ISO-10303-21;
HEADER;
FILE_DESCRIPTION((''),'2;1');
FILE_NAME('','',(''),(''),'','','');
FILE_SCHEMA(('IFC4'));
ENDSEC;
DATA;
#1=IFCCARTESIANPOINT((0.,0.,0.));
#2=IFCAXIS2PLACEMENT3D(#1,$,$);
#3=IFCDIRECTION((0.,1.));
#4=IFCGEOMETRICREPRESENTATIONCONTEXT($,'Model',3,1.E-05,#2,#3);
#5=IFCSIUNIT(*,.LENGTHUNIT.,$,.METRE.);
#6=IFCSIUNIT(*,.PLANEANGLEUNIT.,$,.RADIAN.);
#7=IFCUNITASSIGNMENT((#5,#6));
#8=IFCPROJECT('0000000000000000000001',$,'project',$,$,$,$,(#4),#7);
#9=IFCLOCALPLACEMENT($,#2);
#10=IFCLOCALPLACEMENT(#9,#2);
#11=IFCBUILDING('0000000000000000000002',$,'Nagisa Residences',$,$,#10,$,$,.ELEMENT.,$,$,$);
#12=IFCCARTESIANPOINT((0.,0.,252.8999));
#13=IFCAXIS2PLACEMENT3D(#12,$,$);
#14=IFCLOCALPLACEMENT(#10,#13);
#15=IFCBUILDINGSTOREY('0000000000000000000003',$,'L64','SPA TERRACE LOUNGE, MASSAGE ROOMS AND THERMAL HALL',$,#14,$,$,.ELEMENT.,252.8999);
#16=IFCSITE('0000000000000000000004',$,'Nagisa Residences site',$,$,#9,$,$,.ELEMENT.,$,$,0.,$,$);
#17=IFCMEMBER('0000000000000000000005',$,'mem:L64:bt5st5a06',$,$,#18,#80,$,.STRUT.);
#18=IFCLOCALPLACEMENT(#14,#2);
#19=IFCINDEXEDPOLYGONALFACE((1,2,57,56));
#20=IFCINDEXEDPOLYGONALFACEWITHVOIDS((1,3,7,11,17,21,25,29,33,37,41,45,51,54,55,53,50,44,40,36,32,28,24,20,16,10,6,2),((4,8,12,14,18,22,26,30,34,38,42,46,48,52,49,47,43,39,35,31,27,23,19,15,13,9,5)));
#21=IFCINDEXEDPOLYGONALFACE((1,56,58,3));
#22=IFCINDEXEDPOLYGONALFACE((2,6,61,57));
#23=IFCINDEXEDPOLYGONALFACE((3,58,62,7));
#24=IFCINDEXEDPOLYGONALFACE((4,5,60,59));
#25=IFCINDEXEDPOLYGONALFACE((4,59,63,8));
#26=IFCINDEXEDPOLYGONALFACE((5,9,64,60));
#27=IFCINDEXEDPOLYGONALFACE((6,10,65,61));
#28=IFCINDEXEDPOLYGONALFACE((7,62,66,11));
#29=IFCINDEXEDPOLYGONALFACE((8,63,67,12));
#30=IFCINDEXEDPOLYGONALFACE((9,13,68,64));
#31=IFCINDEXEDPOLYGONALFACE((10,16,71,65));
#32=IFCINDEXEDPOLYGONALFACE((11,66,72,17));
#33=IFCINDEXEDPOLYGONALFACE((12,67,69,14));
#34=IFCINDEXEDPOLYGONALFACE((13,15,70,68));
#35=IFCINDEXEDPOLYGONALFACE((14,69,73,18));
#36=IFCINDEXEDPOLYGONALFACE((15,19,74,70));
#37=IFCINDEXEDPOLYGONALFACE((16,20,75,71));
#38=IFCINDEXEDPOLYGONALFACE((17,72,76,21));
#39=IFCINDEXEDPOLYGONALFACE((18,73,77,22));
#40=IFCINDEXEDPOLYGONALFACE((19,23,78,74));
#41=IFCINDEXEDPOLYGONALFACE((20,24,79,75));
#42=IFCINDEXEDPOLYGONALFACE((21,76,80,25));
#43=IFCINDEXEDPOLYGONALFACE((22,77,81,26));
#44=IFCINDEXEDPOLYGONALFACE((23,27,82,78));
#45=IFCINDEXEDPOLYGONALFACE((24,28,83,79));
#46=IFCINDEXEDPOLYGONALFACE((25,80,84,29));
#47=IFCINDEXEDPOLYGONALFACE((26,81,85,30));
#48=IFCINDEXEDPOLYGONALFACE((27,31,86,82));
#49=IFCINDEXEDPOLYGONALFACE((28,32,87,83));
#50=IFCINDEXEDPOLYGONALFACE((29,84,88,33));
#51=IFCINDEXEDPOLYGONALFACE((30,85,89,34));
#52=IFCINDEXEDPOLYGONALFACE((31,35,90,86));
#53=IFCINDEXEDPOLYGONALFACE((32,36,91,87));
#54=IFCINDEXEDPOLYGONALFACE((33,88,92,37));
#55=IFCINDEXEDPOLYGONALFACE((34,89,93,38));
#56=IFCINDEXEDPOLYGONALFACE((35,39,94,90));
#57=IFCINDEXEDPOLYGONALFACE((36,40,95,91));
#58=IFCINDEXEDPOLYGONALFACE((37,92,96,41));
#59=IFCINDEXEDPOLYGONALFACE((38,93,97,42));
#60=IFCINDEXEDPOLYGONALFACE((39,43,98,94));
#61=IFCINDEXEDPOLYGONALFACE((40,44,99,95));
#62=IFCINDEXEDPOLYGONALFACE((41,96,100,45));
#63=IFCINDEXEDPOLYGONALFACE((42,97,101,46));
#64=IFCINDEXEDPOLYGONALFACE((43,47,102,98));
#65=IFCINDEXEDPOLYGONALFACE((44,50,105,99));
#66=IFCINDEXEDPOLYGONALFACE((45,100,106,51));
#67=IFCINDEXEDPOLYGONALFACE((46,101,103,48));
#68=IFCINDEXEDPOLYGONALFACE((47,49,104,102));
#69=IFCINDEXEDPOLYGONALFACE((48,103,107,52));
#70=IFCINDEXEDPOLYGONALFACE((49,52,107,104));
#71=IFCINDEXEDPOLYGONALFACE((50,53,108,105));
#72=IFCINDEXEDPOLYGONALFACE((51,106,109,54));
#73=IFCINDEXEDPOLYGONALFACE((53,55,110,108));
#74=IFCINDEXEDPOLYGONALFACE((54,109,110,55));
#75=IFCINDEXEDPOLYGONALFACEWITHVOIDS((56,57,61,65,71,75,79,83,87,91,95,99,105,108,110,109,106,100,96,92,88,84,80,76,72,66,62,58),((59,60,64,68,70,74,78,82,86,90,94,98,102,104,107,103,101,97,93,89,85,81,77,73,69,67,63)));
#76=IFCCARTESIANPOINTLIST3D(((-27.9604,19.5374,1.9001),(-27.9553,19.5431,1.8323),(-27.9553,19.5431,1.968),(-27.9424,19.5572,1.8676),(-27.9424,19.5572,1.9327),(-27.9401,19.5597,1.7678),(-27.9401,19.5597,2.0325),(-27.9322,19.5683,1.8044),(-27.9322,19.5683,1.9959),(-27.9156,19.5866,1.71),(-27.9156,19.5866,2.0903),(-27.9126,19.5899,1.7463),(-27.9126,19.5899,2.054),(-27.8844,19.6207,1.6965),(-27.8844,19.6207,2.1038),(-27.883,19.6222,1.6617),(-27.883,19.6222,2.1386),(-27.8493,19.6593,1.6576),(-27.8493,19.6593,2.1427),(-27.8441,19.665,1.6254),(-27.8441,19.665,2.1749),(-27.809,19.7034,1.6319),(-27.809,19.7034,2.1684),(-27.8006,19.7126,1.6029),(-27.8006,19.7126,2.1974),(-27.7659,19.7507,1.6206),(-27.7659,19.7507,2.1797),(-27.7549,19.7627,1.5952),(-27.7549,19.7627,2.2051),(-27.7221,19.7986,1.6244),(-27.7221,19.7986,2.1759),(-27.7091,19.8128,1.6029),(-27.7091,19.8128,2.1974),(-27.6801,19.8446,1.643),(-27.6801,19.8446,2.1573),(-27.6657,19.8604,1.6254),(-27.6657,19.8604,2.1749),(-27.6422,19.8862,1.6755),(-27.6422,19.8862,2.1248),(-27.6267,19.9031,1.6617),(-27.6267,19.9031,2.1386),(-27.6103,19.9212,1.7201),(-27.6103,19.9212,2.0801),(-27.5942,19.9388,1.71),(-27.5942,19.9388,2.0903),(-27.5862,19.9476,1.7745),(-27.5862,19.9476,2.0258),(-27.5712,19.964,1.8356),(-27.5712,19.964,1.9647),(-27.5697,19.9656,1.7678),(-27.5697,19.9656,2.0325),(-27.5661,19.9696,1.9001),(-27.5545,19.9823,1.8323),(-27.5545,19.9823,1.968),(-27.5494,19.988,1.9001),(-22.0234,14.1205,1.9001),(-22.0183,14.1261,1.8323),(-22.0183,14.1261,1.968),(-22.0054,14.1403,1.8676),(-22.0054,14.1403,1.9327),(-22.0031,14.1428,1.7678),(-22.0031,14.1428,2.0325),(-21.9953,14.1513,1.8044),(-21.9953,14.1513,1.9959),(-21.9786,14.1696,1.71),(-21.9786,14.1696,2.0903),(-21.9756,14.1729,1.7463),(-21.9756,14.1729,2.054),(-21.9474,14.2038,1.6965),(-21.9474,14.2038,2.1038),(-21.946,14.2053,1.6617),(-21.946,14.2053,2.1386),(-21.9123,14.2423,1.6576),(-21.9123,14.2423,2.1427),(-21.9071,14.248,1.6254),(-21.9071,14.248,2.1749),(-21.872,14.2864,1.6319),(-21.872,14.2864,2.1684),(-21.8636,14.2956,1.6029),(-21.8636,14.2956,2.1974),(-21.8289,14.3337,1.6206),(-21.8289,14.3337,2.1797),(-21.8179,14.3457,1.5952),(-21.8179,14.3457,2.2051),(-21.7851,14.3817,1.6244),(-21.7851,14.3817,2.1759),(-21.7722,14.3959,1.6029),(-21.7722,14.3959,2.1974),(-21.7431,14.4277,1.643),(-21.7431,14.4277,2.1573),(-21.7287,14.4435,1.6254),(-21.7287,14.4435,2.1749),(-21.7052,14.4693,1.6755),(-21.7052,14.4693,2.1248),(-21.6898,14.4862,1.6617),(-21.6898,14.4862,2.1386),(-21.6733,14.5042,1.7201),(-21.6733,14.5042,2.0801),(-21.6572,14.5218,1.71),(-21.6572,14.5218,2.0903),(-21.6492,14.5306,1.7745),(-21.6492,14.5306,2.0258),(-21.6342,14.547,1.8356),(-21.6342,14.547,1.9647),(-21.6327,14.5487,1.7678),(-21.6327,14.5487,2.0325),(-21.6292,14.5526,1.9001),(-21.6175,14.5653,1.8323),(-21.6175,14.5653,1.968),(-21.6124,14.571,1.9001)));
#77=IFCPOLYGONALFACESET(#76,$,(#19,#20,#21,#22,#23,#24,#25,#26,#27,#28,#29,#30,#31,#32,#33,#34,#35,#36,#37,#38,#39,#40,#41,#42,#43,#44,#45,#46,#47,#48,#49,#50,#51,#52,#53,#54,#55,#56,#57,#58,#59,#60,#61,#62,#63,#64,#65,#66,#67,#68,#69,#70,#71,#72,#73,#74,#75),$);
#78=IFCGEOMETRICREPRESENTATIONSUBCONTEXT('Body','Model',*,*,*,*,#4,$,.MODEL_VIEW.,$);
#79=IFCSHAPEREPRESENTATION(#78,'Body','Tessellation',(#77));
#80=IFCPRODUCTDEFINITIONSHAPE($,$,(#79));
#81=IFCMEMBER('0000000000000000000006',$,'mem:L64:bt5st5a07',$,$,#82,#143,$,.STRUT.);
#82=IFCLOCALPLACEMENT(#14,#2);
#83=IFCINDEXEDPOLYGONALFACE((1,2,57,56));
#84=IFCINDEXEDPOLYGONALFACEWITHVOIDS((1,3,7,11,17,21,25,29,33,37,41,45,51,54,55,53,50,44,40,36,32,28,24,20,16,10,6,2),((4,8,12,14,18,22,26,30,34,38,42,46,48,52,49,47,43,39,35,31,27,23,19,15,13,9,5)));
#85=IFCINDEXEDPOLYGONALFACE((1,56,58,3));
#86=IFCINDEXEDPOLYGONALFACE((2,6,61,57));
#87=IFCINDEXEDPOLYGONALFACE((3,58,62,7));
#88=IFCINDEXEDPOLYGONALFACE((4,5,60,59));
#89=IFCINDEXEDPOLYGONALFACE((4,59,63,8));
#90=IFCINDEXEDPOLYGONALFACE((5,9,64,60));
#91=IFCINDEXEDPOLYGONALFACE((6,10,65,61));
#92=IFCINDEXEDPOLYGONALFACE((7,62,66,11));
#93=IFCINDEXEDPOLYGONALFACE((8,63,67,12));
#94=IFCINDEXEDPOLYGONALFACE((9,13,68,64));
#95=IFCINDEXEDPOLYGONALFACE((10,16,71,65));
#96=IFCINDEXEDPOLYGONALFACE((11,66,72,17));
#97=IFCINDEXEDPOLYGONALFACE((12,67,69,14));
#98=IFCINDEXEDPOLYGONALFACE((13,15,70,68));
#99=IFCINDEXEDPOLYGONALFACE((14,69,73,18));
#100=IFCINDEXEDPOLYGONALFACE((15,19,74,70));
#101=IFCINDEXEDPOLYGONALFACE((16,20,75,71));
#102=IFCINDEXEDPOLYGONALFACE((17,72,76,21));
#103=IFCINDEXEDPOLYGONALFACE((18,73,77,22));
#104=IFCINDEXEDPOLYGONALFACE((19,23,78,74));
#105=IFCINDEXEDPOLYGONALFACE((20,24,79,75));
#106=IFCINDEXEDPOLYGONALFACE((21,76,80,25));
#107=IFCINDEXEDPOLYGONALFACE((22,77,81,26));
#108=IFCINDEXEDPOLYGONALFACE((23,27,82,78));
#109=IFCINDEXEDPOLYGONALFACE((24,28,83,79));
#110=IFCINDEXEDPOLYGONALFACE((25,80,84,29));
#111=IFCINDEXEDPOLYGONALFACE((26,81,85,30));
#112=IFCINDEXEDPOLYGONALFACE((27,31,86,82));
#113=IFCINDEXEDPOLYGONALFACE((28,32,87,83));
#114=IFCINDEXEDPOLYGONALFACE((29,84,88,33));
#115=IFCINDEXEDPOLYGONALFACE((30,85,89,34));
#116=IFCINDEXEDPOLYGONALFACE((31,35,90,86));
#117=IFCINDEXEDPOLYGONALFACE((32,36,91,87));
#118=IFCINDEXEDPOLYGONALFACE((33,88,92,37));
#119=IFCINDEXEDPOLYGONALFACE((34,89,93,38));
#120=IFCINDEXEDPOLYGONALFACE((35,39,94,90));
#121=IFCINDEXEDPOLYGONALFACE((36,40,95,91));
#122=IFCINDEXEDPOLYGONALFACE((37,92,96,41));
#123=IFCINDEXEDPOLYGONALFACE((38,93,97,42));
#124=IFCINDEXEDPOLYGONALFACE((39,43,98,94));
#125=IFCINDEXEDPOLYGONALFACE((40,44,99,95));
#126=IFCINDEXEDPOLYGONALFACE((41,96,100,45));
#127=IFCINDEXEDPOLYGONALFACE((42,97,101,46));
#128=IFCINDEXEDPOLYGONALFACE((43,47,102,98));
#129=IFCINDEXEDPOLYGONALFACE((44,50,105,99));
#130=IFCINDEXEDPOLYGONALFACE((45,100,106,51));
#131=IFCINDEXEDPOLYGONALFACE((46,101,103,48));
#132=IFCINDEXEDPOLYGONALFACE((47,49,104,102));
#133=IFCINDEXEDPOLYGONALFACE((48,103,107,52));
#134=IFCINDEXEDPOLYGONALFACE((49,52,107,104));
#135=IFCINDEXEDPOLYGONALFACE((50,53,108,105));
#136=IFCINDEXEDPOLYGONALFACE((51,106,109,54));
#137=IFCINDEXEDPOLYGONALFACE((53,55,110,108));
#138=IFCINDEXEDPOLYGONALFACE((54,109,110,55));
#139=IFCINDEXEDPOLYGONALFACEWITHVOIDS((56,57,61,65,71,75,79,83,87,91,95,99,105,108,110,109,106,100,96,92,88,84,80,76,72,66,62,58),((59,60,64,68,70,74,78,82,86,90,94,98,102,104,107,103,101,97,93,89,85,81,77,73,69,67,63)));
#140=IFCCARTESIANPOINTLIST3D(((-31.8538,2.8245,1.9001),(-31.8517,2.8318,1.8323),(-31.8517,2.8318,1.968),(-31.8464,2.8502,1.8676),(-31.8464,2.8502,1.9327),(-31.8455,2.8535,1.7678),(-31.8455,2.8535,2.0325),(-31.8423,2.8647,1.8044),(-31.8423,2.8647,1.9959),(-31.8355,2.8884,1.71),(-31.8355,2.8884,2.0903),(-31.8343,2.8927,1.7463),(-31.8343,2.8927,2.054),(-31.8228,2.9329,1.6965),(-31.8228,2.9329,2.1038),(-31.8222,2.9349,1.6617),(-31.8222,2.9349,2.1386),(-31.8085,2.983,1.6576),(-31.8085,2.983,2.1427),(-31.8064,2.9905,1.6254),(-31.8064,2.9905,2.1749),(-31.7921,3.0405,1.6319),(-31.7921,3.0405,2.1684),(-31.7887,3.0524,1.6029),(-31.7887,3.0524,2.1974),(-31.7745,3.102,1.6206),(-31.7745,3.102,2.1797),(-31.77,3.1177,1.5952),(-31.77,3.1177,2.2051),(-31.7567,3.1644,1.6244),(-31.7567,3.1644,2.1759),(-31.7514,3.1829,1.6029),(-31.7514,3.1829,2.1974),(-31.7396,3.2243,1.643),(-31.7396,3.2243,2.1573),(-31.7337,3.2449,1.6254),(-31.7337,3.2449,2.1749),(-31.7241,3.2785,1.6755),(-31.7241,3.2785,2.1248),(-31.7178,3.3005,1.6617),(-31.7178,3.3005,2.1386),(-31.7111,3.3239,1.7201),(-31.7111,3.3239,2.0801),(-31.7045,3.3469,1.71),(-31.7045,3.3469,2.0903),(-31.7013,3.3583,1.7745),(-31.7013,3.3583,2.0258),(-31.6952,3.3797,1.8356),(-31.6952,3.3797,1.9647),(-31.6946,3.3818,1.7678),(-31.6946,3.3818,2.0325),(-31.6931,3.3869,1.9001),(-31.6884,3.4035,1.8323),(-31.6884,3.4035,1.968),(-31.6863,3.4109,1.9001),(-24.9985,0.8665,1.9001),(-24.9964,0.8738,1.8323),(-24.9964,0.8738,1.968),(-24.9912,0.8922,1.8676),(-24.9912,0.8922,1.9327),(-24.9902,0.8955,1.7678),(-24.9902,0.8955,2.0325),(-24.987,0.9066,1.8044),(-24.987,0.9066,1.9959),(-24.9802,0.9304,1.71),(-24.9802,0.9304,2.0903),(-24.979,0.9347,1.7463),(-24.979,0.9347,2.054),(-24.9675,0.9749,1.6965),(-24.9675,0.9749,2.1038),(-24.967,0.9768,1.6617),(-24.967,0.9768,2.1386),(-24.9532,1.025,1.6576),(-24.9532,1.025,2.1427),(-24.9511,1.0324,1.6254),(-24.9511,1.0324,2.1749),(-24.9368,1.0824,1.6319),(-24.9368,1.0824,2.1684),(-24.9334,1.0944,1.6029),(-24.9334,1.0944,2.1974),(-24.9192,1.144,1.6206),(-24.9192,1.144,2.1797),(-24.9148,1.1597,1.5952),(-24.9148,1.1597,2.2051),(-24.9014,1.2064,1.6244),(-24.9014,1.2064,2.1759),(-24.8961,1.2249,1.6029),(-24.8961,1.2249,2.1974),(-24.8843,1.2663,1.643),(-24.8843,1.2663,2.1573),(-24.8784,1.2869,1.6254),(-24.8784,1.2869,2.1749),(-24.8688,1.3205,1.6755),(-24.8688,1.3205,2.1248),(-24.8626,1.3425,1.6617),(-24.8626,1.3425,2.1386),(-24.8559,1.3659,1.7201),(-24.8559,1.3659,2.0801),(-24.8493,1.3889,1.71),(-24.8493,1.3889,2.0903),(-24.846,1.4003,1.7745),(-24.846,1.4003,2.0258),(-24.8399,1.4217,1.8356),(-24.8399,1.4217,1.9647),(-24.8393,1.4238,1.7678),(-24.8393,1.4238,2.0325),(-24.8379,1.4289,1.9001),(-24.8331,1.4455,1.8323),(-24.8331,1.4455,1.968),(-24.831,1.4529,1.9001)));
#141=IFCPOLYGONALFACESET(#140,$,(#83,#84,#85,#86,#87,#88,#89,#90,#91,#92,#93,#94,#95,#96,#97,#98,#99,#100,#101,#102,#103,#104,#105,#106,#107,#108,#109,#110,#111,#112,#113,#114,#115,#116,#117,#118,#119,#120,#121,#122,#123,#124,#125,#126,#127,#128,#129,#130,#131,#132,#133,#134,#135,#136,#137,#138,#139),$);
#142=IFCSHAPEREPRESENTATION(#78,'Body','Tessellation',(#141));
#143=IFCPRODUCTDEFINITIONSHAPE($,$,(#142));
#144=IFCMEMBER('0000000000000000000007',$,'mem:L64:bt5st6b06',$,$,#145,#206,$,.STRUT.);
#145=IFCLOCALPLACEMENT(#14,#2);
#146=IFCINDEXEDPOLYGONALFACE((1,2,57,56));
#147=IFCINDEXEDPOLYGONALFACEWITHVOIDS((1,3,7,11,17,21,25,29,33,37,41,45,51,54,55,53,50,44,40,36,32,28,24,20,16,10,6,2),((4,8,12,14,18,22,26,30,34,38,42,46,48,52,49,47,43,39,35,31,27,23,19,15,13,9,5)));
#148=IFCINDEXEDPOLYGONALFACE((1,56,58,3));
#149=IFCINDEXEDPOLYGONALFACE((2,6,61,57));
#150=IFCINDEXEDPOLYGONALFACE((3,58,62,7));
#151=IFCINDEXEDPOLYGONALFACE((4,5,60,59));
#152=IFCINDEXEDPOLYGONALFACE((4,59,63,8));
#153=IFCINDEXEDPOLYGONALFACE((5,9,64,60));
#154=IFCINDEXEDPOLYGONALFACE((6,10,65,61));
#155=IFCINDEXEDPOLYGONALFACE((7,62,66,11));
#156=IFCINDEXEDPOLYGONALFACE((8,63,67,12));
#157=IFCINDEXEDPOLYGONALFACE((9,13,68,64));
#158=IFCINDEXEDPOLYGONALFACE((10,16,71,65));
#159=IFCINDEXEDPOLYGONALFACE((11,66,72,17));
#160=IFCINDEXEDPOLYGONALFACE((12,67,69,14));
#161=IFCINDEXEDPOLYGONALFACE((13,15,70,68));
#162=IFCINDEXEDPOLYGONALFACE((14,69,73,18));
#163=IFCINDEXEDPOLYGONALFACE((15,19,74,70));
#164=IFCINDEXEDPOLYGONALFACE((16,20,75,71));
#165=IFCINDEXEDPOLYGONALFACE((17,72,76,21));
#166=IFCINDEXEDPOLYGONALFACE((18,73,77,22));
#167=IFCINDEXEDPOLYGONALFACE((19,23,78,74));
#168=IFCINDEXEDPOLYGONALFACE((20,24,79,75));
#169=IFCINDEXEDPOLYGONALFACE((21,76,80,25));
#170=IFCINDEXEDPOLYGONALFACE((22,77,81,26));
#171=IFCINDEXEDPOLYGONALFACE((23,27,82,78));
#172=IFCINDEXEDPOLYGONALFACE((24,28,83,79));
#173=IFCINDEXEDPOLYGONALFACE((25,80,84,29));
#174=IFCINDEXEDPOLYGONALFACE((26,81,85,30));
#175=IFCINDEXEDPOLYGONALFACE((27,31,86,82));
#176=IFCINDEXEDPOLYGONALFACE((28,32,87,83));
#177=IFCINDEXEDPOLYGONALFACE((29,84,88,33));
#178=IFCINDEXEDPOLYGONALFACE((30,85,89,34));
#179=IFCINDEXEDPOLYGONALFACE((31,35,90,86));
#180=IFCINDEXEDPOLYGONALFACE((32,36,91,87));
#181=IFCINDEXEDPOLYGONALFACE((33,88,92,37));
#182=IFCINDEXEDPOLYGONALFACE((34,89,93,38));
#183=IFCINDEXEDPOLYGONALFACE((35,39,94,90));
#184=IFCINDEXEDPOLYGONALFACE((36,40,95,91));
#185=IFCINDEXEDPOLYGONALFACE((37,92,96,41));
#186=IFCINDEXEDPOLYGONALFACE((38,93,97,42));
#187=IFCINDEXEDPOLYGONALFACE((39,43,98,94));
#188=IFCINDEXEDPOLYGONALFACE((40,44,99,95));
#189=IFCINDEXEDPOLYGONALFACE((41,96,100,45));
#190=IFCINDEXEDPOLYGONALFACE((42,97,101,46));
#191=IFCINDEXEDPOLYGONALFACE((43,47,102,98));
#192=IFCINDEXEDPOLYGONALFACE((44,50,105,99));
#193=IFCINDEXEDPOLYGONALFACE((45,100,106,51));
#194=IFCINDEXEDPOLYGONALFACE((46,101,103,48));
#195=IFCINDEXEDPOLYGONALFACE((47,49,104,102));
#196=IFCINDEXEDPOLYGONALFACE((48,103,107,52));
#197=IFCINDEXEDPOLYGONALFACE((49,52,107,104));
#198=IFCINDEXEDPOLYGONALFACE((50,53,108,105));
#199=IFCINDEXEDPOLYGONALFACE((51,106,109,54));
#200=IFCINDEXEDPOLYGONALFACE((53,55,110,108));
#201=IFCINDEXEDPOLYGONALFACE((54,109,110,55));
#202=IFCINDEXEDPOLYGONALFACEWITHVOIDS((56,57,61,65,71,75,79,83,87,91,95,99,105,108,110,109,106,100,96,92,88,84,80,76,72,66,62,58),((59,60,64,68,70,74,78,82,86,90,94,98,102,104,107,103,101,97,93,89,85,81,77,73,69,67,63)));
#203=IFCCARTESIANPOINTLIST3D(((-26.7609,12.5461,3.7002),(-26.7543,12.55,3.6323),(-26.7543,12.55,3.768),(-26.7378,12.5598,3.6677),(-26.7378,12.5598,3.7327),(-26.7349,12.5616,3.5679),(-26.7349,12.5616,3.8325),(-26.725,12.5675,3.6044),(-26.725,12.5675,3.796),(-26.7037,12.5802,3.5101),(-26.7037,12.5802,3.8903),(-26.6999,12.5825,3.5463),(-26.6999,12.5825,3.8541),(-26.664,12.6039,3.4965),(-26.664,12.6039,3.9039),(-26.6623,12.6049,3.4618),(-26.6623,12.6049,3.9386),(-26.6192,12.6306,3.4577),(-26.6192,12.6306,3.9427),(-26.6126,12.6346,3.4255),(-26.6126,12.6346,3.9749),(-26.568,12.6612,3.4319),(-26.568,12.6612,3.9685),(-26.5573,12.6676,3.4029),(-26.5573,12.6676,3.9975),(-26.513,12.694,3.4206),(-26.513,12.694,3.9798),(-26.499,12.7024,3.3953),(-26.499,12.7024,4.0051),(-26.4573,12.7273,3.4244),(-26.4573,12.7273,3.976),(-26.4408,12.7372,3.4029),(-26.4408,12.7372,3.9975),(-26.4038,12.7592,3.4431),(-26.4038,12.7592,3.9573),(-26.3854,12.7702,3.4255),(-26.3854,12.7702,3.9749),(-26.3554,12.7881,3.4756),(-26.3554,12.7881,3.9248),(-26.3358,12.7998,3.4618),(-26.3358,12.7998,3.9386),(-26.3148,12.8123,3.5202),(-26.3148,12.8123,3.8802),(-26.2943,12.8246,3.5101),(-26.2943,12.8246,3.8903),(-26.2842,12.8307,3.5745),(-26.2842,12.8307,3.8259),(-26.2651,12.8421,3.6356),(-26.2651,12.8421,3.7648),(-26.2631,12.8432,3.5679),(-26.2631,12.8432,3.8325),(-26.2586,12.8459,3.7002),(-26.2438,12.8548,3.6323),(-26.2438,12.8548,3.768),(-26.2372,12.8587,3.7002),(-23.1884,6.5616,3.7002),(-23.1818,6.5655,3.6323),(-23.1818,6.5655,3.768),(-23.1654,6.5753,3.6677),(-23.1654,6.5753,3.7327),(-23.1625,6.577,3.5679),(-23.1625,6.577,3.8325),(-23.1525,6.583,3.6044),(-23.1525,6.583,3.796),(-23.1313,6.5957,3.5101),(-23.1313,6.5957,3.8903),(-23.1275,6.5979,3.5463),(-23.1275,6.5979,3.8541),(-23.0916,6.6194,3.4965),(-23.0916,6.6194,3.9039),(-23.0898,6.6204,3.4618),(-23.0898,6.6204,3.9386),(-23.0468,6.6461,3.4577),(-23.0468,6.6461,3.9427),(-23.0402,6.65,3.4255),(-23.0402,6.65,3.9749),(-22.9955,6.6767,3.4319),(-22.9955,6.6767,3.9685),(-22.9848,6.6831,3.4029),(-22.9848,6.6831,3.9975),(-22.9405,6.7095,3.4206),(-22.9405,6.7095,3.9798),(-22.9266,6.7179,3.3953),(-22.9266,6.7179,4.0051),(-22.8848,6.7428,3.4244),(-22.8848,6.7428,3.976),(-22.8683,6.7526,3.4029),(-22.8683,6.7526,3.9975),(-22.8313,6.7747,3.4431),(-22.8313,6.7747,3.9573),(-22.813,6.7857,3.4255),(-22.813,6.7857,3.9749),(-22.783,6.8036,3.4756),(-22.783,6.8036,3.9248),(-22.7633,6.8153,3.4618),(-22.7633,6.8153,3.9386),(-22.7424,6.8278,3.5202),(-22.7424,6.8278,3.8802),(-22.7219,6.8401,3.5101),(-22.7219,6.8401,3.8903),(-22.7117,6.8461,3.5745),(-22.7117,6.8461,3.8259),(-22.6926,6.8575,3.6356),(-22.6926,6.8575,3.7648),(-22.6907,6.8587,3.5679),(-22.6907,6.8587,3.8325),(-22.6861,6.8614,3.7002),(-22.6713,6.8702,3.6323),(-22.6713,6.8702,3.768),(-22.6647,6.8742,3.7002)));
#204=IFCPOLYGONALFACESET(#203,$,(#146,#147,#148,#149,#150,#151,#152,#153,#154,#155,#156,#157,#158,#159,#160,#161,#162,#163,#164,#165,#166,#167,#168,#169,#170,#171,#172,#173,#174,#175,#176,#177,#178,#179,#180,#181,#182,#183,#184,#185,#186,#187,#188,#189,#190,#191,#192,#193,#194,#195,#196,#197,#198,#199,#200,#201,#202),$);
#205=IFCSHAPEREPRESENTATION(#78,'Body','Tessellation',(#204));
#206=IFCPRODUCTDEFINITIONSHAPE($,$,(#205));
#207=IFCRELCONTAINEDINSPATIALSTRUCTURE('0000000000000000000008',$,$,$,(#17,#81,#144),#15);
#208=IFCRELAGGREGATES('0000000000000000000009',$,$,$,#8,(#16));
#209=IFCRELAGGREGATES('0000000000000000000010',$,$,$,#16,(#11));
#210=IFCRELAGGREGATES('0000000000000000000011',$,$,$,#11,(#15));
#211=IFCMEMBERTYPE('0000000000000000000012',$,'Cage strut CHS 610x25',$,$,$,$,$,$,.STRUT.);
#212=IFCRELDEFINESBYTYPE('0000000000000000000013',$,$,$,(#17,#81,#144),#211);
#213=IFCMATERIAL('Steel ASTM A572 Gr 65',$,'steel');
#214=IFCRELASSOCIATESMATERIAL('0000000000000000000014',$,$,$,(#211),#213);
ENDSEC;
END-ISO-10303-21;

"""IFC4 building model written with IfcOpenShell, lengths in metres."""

from ifc_helpers import new_model, si_unit, direction, frame, origin, origin_2d, place, context, subcontext, project, spatial, hollow_circle, extrude, material, material_profile, profile_set, type_object, element, save


model = new_model("IFC4")

# Units and contexts
model_context = context("Model", 3, precision=1e-05, world=origin(), true_north=direction((0.0, 1.0)))
body_context = subcontext(model_context, "Body", "Model", "MODEL_VIEW")
ifc_project = project(units=[si_unit("LENGTHUNIT", "METRE"), si_unit("PLANEANGLEUNIT", "RADIAN")], contexts=[model_context])

# Site, building, storey
site_placement = place(None, origin())
site = spatial("IfcSite", under=ifc_project, at=site_placement, Name="Nagisa Residences site", CompositionType="ELEMENT", RefElevation=0.0)
building_placement = place(site_placement, origin())
building = spatial("IfcBuilding", under=site, at=building_placement, Name="Nagisa Residences", CompositionType="ELEMENT")
storey_placement = place(building_placement, frame((0.0, 0.0, 252.8999)))
storey = spatial("IfcBuildingStorey", under=building, at=storey_placement, Name="L64", Description="SPA TERRACE LOUNGE, MASSAGE ROOMS AND THERMAL HALL", CompositionType="ELEMENT", Elevation=252.8999)

# Members
ifc_material_1 = material(Name="Steel ASTM A572 Gr 65", Category="steel")
ifc_material_profile_1 = material_profile(ifc_material_1, hollow_circle(Radius=0.3049, WallThickness=0.0249, at=origin_2d()), Name="CHS 610x25")
ifc_profile_set_1 = profile_set([ifc_material_profile_1], Name="Steel ASTM A572 Gr 65")
member_type_1 = type_object("IfcMemberType", Name="Cage strut CHS 610x25", PredefinedType="STRUT", material=ifc_profile_set_1)
member_1_placement = place(storey_placement, frame((-27.7549, 19.7627, 1.9001), z_axis=(0.738718, -0.674014, 0.0), x_axis=(0.674014, 0.738718, 0.0)))
element("IfcMember", 1, at=member_1_placement, inside=storey, type_object=member_type_1, Name="mem:L64:bt5st5a06", PredefinedType="STRUT", context=body_context, shape_type="SweptSolid", body=[
    extrude(hollow_circle(Radius=0.3049, WallThickness=0.0249, at=origin_2d()), origin(), (0.0, 0.0, 1.0), 8.0369),
])
member_2_placement = place(storey_placement, frame((-31.77, 3.1177, 1.9001), z_axis=(0.961547, -0.27464, 0.0), x_axis=(0.27464, 0.961547, 0.0)))
element("IfcMember", 2, at=member_2_placement, inside=storey, type_object=member_type_1, Name="mem:L64:bt5st5a07", PredefinedType="STRUT", context=body_context, shape_type="SweptSolid", body=[
    extrude(hollow_circle(Radius=0.3049, WallThickness=0.0249, at=origin_2d()), origin(), (0.0, 0.0, 1.0), 7.1294),
])
member_3_placement = place(storey_placement, frame((-26.499, 12.7024, 3.7002), z_axis=(0.512568, -0.858647, 0.0), x_axis=(0.858647, 0.512568, 0.0)))
element("IfcMember", 3, at=member_3_placement, inside=storey, type_object=member_type_1, Name="mem:L64:bt5st6b06", PredefinedType="STRUT", context=body_context, shape_type="SweptSolid", body=[
    extrude(hollow_circle(Radius=0.3049, WallThickness=0.0249, at=origin_2d()), origin(), (0.0, 0.0, 1.0), 6.9697),
])

save(model, "model.ifc")
